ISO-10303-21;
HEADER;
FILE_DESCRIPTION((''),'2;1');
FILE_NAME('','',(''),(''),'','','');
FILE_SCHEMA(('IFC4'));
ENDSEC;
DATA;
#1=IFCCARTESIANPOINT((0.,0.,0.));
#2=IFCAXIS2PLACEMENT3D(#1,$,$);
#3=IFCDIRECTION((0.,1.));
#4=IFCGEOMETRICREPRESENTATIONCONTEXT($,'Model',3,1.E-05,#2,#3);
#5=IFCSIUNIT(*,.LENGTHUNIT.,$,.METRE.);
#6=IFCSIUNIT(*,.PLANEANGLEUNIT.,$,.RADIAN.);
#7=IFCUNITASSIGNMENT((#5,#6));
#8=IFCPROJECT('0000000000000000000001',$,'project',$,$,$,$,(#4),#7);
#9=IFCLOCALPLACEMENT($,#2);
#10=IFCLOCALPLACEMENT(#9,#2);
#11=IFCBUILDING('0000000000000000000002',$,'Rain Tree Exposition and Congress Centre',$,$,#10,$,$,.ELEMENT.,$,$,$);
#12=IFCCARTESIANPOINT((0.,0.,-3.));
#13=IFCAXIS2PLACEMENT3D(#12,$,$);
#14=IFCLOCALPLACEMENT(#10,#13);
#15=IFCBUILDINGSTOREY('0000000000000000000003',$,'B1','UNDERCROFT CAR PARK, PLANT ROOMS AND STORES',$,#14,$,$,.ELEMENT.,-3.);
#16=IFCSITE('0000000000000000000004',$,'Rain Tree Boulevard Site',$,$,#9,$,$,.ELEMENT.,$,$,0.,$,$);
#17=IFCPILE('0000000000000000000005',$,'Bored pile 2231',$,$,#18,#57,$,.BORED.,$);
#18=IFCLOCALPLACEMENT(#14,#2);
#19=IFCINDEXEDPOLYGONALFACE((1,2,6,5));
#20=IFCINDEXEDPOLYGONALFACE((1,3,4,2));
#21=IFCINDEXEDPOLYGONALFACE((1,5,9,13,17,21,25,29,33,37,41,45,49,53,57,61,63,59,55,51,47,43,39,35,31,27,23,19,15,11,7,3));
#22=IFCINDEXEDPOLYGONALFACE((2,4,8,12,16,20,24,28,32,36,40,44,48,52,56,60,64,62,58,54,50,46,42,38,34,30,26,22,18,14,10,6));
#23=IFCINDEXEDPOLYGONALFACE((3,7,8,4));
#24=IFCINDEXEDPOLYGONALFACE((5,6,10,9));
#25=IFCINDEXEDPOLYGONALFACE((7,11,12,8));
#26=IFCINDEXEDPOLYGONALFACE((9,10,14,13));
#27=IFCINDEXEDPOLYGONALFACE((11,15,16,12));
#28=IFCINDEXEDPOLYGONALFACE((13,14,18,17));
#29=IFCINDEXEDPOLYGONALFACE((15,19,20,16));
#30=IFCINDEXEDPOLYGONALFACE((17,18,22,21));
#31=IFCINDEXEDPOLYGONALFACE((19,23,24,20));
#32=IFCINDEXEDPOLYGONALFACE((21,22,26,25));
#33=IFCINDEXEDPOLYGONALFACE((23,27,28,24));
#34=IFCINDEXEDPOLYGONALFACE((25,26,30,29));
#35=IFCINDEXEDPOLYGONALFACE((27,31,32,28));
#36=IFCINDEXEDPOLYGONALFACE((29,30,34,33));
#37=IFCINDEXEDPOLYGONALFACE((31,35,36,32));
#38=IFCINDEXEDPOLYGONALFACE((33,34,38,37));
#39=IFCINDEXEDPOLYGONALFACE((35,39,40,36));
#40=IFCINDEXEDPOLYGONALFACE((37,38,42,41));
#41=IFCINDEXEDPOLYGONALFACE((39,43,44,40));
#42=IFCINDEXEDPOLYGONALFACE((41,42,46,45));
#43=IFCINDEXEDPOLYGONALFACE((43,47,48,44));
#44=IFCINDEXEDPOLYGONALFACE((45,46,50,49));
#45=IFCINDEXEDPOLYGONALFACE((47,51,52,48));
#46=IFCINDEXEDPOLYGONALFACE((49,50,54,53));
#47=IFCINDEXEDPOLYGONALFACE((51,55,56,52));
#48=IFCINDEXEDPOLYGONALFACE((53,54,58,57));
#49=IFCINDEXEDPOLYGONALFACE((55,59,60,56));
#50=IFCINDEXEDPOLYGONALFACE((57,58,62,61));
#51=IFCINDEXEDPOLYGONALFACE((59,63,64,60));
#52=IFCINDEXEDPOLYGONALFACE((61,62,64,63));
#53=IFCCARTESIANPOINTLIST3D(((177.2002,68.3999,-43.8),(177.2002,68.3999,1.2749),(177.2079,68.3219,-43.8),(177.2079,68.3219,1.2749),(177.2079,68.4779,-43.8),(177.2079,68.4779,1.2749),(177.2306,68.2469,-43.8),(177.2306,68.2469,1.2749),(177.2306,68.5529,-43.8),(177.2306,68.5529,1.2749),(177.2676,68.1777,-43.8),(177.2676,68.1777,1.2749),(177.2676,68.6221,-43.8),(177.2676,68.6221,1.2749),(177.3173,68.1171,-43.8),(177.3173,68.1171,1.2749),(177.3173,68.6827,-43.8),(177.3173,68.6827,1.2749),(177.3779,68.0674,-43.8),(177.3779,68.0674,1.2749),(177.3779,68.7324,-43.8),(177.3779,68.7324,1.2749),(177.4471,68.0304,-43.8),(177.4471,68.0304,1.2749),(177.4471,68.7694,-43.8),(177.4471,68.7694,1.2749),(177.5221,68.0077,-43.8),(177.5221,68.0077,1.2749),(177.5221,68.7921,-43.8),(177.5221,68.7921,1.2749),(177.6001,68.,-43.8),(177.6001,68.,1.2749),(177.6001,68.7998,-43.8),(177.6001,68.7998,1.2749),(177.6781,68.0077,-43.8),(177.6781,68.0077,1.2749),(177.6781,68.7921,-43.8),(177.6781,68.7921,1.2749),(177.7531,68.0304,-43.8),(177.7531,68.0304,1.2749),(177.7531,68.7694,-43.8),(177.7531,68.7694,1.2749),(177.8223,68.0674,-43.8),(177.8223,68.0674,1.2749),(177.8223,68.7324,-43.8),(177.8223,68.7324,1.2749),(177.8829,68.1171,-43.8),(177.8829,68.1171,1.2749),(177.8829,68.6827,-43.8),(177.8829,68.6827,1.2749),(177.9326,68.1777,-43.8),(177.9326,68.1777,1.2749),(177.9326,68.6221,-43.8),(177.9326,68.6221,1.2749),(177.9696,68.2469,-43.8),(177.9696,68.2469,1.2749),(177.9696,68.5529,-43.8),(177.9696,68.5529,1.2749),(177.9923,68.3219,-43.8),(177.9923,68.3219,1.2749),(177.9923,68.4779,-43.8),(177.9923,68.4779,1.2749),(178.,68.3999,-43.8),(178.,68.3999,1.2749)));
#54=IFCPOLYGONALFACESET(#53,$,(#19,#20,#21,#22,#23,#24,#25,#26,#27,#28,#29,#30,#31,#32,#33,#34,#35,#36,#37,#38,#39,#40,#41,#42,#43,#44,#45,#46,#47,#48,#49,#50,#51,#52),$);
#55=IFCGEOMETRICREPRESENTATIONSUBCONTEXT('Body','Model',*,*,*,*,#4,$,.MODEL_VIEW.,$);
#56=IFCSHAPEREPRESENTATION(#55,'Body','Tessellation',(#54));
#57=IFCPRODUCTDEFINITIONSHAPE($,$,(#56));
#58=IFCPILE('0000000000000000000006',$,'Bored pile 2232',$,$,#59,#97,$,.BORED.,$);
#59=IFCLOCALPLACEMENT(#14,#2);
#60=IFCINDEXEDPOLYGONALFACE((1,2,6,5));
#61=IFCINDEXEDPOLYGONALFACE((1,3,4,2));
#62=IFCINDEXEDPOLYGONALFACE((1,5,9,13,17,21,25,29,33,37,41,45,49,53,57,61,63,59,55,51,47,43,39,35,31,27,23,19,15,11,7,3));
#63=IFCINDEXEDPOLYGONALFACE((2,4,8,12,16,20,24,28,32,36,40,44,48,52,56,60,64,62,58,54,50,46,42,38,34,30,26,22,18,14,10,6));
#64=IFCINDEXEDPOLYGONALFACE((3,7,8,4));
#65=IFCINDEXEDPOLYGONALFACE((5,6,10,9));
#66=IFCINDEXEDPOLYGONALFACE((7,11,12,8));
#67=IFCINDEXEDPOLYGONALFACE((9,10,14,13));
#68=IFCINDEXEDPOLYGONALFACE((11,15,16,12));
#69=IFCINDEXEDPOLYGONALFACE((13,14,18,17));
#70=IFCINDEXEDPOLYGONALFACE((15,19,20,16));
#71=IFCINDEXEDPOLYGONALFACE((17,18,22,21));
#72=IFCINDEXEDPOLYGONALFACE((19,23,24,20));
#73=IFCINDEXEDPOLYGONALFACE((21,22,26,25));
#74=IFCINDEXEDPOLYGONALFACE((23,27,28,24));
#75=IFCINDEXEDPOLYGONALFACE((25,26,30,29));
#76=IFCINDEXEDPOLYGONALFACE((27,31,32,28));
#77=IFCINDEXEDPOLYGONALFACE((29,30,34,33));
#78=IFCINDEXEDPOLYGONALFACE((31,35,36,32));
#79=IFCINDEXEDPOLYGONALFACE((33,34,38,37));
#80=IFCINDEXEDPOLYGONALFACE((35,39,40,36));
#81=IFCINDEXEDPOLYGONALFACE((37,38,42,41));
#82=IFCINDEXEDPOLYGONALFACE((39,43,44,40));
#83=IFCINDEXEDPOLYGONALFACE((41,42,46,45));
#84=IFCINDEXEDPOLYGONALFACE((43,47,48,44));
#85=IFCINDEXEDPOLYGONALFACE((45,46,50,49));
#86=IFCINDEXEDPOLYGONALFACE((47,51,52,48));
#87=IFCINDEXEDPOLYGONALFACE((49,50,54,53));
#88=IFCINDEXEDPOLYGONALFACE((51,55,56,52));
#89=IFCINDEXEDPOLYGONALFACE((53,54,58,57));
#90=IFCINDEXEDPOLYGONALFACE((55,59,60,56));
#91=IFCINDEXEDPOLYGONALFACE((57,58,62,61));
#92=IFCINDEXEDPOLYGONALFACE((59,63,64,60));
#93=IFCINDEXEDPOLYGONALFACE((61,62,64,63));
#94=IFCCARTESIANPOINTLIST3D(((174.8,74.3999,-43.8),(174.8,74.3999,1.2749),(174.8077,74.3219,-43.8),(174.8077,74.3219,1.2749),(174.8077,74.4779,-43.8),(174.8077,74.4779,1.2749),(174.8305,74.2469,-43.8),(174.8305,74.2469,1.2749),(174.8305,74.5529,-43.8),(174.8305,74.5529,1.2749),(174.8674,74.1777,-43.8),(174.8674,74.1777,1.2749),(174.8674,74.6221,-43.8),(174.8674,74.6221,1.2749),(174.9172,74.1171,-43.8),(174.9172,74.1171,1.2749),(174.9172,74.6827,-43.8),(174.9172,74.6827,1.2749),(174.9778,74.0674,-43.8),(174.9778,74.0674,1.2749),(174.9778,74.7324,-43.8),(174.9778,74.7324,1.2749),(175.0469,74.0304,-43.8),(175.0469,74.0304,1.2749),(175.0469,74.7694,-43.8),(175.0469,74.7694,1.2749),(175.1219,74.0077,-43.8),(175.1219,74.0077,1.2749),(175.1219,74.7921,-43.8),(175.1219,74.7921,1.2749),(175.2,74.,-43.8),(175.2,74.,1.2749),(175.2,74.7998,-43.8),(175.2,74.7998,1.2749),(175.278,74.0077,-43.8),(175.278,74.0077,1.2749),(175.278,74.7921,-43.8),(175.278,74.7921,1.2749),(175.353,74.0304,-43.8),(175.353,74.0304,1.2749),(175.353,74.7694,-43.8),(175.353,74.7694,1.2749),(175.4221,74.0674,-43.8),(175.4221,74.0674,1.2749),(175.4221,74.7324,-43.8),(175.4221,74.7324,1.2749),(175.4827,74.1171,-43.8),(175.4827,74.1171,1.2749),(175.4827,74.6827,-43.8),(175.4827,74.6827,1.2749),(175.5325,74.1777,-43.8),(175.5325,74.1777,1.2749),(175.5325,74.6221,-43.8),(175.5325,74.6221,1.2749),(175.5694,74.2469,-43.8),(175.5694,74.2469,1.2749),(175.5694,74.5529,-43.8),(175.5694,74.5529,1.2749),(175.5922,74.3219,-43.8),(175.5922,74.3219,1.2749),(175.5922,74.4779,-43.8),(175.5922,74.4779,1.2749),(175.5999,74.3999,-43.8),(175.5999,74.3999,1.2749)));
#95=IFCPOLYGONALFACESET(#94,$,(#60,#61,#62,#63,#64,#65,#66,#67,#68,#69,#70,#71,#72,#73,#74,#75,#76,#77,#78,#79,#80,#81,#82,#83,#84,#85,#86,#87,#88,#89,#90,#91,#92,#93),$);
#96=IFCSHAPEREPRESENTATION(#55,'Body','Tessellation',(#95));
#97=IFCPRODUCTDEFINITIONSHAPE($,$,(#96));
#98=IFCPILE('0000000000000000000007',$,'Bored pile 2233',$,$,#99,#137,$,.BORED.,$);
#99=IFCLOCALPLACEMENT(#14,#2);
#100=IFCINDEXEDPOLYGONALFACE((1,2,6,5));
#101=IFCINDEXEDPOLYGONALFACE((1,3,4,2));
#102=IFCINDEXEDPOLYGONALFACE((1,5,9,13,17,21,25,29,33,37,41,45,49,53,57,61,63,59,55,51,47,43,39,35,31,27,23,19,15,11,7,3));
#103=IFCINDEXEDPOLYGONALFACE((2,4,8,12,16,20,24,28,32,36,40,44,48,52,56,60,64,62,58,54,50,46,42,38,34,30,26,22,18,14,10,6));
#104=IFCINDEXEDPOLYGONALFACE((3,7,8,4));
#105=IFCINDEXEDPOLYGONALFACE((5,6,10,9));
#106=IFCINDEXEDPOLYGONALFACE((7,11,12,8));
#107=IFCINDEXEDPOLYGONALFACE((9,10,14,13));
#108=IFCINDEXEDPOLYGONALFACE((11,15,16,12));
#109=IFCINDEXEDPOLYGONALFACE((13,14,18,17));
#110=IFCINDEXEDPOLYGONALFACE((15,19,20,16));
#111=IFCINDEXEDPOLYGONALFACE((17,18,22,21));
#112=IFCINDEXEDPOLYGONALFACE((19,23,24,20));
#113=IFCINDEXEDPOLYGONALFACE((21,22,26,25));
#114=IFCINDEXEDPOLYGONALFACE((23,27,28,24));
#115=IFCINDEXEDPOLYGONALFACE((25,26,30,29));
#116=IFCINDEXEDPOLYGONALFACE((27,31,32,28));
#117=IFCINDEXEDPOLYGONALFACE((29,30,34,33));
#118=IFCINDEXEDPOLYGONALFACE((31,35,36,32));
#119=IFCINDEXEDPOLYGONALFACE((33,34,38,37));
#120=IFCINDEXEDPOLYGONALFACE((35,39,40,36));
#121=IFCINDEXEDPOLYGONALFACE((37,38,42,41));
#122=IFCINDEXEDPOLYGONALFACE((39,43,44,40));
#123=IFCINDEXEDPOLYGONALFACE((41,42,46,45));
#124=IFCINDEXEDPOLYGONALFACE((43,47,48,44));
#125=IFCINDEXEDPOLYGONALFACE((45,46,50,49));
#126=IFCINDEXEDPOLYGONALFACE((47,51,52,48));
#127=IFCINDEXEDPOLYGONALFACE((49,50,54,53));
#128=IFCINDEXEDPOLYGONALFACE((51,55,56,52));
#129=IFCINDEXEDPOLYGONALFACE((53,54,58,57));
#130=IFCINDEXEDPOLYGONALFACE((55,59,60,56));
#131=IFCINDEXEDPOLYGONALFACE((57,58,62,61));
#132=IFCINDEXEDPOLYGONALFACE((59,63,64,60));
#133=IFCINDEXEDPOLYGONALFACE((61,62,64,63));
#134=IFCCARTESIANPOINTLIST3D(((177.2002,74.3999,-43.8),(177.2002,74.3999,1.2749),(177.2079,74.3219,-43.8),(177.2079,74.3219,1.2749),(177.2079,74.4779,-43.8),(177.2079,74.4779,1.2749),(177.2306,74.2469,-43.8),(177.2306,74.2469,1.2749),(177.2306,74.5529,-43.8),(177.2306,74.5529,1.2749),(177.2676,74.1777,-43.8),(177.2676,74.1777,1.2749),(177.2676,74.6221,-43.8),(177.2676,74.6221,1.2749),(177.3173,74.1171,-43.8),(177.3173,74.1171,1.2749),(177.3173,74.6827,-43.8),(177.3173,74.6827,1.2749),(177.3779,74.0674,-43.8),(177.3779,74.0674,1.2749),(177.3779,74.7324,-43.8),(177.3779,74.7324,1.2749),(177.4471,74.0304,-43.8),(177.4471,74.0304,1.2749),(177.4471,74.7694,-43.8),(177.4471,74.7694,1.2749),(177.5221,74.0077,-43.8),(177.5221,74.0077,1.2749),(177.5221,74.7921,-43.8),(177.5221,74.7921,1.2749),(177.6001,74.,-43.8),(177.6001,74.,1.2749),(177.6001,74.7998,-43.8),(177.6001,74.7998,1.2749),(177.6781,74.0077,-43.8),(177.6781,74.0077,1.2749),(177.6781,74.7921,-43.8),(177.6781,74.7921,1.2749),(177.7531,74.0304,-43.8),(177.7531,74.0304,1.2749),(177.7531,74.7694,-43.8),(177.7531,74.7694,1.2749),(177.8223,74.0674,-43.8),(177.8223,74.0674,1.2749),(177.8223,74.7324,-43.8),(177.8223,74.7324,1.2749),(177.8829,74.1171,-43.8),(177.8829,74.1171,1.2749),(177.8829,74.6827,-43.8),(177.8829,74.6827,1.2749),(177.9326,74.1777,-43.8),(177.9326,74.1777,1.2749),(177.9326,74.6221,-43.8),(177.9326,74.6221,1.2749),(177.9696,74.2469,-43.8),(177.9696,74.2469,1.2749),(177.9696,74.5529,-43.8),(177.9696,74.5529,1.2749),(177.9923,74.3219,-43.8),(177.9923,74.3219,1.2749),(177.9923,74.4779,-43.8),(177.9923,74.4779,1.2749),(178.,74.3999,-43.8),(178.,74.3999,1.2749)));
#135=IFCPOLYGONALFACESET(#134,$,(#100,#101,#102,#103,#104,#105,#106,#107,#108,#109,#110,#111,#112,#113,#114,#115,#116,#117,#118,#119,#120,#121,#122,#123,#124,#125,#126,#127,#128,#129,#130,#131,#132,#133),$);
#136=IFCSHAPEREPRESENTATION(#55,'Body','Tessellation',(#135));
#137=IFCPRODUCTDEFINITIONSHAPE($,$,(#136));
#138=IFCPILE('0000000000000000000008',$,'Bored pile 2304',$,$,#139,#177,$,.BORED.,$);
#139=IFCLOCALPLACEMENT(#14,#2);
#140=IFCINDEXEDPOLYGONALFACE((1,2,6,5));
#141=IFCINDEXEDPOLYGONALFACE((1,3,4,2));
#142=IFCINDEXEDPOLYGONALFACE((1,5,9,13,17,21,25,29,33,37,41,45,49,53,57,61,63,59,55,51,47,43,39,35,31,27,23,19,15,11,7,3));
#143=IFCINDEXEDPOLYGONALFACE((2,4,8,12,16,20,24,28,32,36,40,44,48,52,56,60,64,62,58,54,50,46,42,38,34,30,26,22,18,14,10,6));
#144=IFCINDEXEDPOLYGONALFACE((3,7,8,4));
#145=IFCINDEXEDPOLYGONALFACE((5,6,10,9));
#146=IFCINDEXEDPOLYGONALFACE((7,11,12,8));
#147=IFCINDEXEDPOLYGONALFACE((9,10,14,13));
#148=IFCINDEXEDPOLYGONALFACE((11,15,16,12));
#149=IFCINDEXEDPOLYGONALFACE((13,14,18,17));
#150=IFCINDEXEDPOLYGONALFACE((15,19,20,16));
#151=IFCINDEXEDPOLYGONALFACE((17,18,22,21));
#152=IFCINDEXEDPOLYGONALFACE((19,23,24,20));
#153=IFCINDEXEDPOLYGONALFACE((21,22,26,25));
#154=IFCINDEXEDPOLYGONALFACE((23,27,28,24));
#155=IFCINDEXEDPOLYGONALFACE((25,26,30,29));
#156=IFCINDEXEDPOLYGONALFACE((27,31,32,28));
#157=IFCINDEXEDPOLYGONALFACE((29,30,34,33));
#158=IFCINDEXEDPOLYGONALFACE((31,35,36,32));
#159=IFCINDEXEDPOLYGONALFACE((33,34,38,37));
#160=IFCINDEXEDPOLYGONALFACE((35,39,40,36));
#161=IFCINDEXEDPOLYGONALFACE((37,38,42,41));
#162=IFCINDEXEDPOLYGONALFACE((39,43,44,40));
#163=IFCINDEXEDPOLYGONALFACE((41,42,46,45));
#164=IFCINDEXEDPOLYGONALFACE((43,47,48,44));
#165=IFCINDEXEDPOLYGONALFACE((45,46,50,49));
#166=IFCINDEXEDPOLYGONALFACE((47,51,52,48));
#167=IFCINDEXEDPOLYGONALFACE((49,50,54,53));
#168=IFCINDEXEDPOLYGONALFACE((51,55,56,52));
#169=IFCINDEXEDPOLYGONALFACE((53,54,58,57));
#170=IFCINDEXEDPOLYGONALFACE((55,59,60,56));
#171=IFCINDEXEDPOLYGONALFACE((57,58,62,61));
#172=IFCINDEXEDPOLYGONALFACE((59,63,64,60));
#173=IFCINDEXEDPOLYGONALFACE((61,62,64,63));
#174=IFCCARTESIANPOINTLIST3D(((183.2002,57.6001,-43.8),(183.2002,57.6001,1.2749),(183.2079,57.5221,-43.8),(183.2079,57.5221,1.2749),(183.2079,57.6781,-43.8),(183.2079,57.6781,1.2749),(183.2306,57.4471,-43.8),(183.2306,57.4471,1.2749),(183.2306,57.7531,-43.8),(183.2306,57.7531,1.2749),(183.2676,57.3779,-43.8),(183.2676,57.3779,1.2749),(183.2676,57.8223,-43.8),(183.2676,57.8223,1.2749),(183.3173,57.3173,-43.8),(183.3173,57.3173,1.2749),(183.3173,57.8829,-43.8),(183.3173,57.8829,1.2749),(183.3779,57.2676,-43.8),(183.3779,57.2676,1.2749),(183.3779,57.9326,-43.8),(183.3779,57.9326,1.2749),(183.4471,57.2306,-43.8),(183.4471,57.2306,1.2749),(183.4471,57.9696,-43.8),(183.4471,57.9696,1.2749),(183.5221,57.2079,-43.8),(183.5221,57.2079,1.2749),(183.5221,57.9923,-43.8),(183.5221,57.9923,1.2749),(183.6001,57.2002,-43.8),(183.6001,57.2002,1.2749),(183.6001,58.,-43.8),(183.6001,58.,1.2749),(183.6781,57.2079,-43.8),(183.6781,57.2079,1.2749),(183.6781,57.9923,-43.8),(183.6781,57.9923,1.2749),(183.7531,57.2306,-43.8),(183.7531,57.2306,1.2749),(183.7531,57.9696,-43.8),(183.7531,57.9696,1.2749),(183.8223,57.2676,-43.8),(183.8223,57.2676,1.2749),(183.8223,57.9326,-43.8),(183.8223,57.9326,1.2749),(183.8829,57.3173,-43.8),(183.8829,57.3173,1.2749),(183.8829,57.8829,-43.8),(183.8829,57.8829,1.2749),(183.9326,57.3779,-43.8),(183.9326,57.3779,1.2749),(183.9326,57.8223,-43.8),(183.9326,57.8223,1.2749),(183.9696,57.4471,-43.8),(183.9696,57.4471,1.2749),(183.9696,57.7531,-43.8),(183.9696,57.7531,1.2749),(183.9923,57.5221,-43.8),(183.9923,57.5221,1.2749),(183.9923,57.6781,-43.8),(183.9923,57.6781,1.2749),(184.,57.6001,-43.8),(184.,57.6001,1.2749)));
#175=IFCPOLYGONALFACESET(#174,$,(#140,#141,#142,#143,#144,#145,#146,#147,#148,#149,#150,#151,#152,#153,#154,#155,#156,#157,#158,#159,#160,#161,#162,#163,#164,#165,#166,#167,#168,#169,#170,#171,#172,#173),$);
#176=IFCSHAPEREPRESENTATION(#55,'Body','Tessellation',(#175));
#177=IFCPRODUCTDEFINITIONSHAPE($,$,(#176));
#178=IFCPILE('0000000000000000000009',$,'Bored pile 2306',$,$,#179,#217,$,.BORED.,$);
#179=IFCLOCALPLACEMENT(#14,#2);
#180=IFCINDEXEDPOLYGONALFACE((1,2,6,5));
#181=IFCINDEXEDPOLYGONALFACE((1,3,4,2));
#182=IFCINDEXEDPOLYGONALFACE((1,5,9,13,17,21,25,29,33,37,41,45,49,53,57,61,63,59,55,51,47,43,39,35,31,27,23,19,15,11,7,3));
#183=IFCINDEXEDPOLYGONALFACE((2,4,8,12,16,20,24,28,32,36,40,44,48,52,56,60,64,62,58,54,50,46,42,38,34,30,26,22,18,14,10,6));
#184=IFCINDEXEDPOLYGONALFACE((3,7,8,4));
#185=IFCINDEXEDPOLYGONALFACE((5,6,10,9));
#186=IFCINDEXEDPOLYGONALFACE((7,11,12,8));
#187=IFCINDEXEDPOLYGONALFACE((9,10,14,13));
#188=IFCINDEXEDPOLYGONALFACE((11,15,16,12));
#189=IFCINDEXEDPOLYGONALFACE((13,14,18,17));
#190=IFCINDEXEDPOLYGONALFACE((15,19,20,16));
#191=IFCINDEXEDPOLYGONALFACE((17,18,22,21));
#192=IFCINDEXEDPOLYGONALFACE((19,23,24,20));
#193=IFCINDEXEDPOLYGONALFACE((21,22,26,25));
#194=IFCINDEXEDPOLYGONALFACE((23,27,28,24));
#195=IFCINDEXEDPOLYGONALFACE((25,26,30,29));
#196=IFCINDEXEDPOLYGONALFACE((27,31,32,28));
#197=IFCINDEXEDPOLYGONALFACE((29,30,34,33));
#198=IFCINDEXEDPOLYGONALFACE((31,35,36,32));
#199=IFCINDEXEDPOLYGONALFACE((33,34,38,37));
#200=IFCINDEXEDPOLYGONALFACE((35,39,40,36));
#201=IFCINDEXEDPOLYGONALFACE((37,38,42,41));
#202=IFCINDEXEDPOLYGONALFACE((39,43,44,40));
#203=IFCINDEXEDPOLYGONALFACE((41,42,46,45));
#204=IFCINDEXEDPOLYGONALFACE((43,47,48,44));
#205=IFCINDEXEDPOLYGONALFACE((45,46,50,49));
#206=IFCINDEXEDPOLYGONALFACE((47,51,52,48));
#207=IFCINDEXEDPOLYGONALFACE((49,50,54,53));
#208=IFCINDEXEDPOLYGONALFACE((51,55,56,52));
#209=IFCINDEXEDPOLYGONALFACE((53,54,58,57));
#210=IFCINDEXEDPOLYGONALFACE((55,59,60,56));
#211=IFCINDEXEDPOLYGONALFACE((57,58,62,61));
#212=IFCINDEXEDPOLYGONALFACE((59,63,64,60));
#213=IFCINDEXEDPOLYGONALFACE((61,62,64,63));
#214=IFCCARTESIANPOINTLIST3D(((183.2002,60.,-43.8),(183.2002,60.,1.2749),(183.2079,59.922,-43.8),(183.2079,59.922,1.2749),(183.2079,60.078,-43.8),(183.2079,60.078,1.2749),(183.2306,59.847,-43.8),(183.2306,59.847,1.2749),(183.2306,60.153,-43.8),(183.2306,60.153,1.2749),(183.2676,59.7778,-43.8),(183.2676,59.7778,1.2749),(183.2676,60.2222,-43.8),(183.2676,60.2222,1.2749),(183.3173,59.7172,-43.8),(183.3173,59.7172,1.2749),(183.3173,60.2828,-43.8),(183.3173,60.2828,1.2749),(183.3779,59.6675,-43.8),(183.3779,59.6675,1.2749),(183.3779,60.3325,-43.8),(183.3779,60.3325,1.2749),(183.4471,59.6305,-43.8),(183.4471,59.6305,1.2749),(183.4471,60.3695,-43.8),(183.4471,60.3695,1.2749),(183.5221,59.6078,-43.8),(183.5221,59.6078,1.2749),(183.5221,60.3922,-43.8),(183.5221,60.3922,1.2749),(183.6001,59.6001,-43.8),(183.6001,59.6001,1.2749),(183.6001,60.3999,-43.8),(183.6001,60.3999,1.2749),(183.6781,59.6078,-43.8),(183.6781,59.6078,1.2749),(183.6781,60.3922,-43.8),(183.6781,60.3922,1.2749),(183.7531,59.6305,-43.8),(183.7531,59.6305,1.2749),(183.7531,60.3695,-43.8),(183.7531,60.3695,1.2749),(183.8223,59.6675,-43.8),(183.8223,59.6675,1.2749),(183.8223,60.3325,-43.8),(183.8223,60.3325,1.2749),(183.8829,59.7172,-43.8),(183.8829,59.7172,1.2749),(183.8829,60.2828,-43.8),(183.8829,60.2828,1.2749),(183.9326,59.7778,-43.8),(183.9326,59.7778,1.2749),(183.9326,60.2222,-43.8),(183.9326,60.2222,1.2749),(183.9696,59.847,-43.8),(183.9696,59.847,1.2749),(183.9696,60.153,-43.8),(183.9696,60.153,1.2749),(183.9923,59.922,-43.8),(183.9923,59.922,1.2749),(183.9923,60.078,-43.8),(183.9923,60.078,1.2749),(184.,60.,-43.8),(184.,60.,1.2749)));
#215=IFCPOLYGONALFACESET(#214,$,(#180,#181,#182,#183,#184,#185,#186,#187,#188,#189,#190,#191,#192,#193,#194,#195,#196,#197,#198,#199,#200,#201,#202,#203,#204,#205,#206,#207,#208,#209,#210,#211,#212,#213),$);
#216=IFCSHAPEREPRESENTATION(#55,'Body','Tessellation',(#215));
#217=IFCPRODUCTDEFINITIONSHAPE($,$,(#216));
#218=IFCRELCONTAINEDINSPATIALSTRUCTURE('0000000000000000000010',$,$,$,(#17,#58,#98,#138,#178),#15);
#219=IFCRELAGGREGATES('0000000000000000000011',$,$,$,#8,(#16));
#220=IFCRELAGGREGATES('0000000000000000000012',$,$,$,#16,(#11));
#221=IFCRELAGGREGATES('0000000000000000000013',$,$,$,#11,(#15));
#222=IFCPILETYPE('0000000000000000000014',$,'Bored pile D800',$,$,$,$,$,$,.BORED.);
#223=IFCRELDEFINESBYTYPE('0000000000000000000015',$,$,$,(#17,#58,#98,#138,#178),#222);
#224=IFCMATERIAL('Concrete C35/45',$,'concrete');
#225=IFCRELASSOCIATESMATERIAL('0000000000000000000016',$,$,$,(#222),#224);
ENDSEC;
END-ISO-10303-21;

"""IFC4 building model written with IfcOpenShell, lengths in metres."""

from ifc_helpers import new_model, si_unit, direction, frame, origin, origin_2d, place, context, subcontext, project, spatial, circle, extrude, material, material_profile, profile_set, type_object, element, save


model = new_model("IFC4")

# Units and contexts
model_context = context("Model", 3, precision=1e-05, world=origin(), true_north=direction((0.0, 1.0)))
body_context = subcontext(model_context, "Body", "Model", "MODEL_VIEW")
ifc_project = project(units=[si_unit("LENGTHUNIT", "METRE"), si_unit("PLANEANGLEUNIT", "RADIAN")], contexts=[model_context])

# Site, building, storey
site_placement = place(None, origin())
site = spatial("IfcSite", under=ifc_project, at=site_placement, Name="Rain Tree Boulevard Site", CompositionType="ELEMENT", RefElevation=0.0)
building_placement = place(site_placement, origin())
building = spatial("IfcBuilding", under=site, at=building_placement, Name="Rain Tree Exposition and Congress Centre", CompositionType="ELEMENT")
storey_placement = place(building_placement, frame((0.0, 0.0, -3.0)))
storey = spatial("IfcBuildingStorey", under=building, at=storey_placement, Name="B1", Description="UNDERCROFT CAR PARK, PLANT ROOMS AND STORES", CompositionType="ELEMENT", Elevation=-3.0)

# Piles
ifc_material_1 = material(Name="Concrete C35/45", Category="concrete")
ifc_material_profile_1 = material_profile(ifc_material_1, circle(Radius=0.3999, at=origin_2d()), Name="D800")
ifc_profile_set_1 = profile_set([ifc_material_profile_1], Name="Concrete C35/45")
pile_type = type_object("IfcPileType", Name="Bored pile D800", PredefinedType="BORED", material=ifc_profile_set_1)
for number, where, z_axis, x_axis, name in (
    (1, (177.6001, 68.3999, 1.2749), (0.0, 0.0, -1.0), (1.0, 0.0, 0.0), "Bored pile 2231"),
    (2, (175.2, 74.3999, 1.2749), (0.0, 0.0, -1.0), (1.0, 0.0, 0.0), "Bored pile 2232"),
    (3, (177.6001, 74.3999, 1.2749), (0.0, 0.0, -1.0), (1.0, 0.0, 0.0), "Bored pile 2233"),
    (4, (183.6001, 57.6001, 1.2749), (0.0, 0.0, -1.0), (1.0, 0.0, 0.0), "Bored pile 2304"),
    (5, (183.6001, 60.0, 1.2749), (0.0, 0.0, -1.0), (1.0, 0.0, 0.0), "Bored pile 2306"),
):
    element("IfcPile", number, at=place(storey_placement, frame(where, z_axis=z_axis, x_axis=x_axis)), inside=storey, type_object=pile_type, Name=name, PredefinedType="BORED", context=body_context, shape_type="SweptSolid", body=[
        extrude(circle(Radius=0.3999, at=origin_2d()), origin(), (0.0, 0.0, 1.0), 45.075),
    ])

save(model, "model.ifc")
